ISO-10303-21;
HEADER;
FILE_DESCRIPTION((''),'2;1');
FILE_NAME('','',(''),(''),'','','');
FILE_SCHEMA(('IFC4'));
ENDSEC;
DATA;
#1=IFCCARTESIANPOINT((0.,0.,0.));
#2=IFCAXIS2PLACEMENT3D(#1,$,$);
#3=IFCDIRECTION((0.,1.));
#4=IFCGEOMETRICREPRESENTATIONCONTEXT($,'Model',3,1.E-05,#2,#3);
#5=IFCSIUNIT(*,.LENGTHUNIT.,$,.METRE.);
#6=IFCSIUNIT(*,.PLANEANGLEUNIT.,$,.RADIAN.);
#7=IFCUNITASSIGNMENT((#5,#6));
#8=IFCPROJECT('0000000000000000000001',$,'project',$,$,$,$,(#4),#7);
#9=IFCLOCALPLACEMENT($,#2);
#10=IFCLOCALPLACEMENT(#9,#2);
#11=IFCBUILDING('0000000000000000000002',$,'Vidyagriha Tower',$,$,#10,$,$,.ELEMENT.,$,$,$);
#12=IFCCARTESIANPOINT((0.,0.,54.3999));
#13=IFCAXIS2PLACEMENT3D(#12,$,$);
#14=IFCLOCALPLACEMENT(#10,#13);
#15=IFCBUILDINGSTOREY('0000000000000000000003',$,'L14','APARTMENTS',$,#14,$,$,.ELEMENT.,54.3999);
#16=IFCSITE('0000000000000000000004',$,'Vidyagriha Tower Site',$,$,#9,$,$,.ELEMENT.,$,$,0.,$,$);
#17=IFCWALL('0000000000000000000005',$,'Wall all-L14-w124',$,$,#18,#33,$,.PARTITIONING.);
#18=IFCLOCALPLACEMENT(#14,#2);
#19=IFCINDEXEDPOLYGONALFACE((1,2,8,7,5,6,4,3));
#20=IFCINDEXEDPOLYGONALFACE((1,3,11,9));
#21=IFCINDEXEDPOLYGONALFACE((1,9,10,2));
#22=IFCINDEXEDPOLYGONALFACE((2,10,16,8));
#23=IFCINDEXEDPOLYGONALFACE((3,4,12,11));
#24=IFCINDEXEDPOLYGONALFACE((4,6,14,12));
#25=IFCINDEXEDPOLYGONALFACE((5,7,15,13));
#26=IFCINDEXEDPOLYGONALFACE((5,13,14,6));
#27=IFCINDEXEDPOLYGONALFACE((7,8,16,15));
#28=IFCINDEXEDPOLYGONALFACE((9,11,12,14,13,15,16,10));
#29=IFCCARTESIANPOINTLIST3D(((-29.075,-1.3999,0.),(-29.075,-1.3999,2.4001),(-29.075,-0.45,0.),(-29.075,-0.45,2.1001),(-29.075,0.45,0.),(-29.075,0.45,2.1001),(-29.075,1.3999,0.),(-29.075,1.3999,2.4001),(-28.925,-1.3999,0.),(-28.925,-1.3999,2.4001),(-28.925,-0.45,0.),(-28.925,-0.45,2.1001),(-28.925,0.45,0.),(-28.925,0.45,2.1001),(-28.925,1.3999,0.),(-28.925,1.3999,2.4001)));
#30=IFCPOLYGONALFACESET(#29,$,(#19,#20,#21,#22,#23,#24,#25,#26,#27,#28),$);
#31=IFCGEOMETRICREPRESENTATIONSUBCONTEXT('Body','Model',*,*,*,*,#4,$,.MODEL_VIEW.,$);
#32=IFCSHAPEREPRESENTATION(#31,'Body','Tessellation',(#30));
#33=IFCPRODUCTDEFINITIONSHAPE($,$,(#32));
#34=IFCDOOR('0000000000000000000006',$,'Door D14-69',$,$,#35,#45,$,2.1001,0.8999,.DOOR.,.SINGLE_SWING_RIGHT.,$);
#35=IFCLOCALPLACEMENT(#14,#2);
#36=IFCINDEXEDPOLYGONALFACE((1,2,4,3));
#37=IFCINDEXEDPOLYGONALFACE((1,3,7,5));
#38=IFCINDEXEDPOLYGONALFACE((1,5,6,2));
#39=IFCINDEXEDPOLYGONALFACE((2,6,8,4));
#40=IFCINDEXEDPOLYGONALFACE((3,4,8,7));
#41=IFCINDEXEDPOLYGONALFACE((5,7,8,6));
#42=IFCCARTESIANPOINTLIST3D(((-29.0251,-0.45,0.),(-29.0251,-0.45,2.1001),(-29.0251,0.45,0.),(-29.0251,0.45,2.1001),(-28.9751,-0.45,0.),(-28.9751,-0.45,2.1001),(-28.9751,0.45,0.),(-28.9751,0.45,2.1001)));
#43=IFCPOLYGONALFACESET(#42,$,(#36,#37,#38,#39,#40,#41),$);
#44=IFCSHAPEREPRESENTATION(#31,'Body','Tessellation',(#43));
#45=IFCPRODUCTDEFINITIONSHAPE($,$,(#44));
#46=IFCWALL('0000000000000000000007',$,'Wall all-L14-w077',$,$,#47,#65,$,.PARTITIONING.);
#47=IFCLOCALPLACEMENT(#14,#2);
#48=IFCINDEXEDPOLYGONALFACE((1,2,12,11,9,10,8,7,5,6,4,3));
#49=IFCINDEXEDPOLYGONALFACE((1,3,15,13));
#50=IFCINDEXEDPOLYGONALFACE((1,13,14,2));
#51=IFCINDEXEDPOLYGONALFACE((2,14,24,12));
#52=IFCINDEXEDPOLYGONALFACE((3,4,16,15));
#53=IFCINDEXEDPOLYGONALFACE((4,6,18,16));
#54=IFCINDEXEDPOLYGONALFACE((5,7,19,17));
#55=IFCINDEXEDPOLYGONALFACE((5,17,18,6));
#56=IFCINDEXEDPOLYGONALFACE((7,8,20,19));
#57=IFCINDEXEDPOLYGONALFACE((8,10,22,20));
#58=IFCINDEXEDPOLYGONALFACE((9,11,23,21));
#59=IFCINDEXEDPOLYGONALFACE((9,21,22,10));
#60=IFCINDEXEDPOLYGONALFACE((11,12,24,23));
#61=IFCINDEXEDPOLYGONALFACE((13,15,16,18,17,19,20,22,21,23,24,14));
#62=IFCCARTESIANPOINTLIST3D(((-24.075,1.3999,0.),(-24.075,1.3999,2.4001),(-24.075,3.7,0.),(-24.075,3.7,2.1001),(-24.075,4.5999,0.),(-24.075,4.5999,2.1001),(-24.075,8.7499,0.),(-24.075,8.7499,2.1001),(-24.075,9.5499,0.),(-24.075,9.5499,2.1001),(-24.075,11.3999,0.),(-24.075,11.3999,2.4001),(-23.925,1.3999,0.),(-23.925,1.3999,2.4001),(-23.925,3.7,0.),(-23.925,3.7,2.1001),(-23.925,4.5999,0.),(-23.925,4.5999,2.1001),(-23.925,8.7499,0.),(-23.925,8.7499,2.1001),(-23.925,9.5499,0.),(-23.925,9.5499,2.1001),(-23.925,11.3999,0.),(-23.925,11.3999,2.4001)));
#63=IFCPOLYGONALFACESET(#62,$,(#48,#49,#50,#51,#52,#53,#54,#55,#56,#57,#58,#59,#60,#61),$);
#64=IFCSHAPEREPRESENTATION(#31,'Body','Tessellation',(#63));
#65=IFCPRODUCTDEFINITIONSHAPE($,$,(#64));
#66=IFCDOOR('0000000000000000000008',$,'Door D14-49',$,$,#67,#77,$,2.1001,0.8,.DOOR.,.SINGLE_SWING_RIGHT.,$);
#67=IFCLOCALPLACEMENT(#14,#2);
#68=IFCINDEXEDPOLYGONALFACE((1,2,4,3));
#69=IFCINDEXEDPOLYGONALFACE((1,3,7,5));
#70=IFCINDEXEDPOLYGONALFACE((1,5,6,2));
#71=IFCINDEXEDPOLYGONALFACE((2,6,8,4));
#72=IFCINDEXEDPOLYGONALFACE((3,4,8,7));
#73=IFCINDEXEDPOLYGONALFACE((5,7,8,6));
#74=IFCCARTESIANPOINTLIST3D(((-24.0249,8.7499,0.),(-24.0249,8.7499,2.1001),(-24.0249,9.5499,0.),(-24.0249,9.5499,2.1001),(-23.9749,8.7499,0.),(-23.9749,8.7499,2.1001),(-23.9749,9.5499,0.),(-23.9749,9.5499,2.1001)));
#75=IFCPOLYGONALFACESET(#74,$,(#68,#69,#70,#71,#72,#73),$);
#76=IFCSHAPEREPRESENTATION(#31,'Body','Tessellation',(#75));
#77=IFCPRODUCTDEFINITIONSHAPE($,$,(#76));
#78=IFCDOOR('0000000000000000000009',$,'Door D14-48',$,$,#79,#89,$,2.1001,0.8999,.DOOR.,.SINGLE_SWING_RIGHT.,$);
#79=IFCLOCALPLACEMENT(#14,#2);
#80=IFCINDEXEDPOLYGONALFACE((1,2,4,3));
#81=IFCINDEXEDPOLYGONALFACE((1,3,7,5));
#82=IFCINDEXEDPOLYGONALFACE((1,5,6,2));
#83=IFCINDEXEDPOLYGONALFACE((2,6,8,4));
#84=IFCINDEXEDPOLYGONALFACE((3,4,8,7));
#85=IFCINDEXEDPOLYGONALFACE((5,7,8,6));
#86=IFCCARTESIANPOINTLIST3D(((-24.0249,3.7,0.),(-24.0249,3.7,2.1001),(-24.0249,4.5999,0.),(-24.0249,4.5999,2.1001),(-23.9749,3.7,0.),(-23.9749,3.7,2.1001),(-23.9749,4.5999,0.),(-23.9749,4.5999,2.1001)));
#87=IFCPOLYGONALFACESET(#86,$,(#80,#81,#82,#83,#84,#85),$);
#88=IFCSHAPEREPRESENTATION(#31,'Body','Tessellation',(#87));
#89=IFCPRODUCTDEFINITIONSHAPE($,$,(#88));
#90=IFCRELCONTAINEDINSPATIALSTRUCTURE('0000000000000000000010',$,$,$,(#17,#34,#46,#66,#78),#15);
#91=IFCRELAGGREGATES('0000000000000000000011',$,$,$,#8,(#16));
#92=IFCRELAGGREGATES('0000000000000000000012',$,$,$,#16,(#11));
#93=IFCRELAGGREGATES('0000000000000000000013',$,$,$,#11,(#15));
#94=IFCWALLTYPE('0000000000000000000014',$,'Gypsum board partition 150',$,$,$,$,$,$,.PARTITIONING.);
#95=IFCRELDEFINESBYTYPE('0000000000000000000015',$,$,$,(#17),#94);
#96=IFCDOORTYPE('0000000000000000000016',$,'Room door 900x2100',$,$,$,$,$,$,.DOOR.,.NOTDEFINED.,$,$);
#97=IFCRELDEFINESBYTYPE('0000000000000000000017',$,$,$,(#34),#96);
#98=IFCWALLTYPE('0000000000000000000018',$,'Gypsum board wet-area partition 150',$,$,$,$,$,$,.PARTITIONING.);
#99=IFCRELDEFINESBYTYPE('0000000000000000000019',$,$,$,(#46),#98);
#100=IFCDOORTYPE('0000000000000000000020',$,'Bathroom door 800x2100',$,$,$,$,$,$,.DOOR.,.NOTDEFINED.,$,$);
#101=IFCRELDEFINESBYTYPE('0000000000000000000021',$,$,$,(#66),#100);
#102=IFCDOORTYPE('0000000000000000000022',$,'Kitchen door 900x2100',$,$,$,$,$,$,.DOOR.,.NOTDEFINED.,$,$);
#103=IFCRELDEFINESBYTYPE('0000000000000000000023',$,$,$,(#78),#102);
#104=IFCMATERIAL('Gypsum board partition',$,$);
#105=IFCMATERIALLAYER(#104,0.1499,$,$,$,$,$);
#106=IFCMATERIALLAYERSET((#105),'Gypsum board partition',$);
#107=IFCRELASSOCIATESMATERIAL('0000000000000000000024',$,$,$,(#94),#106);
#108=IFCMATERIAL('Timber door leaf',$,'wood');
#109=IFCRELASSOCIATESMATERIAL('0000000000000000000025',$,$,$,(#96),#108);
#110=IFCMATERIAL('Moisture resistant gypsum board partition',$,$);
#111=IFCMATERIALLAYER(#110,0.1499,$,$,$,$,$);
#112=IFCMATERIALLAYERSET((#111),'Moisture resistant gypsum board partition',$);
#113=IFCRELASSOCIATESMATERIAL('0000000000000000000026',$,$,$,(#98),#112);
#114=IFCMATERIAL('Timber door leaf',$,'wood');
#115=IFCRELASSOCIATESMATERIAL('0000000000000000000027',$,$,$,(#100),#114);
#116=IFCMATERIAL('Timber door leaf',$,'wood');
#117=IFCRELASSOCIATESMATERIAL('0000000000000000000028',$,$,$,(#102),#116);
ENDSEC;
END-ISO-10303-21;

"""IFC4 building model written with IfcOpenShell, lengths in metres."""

from ifc_helpers import new_model, si_unit, direction, frame, frame_2d, origin, place, context, subcontext, project, spatial, rectangle, extrude, material, layer, layer_set, type_object, element, fill, save


model = new_model("IFC4")

# Units and contexts
model_context = context("Model", 3, precision=1e-05, world=origin(), true_north=direction((0.0, 1.0)))
body_context = subcontext(model_context, "Body", "Model", "MODEL_VIEW")
ifc_project = project(units=[si_unit("LENGTHUNIT", "METRE"), si_unit("PLANEANGLEUNIT", "RADIAN")], contexts=[model_context])

# Site, building, storey
site_placement = place(None, origin())
site = spatial("IfcSite", under=ifc_project, at=site_placement, Name="Vidyagriha Tower Site", CompositionType="ELEMENT", RefElevation=0.0)
building_placement = place(site_placement, origin())
building = spatial("IfcBuilding", under=site, at=building_placement, Name="Vidyagriha Tower", CompositionType="ELEMENT")
storey_placement = place(building_placement, frame((0.0, 0.0, 54.3999)))
storey = spatial("IfcBuildingStorey", under=building, at=storey_placement, Name="L14", Description="APARTMENTS", CompositionType="ELEMENT", Elevation=54.3999)

# Shared definitions
ifc_material_1 = material(Name="Gypsum board partition")
ifc_layer_1 = layer(ifc_material_1, 0.1499)
ifc_layer_set_1 = layer_set([ifc_layer_1], Name="Gypsum board partition")
wall_type_1 = type_object("IfcWallType", Name="Gypsum board partition 150", PredefinedType="PARTITIONING", material=ifc_layer_set_1)

# Wall, opening, door
wall_1_placement = place(storey_placement, frame((-29.0, 1.3999, 0.0), z_axis=(0.0, 0.0, 1.0), x_axis=(0.0, -1.0, 0.0)))
wall_1 = element("IfcWall", 1, at=wall_1_placement, inside=storey, type_object=wall_type_1, Name="Wall all-L14-w124", PredefinedType="PARTITIONING", context=body_context, shape_type="SweptSolid", body=[
    extrude(rectangle(XDim=2.7998, YDim=0.1499, at=frame_2d((1.3999, 0.0))), origin(), (0.0, 0.0, 1.0), 2.4001),
])
opening_1_placement = place(wall_1_placement, frame((0.95, 0.0, 0.0)))
opening_1 = element("IfcOpeningElement", 2, at=opening_1_placement, cuts=wall_1, PredefinedType="OPENING", context=body_context, shape_type="SweptSolid", body=[
    extrude(rectangle(XDim=0.8999, YDim=2.1001, at=frame_2d((0.45, 1.05))), frame((0.0, 0.085, 0.0), z_axis=(0.0, -1.0, 0.0), x_axis=(1.0, 0.0, 0.0)), (0.0, 0.0, 1.0), 0.1699),
])
ifc_material_2 = material(Name="Timber door leaf", Category="wood")
door_type_1 = type_object("IfcDoorType", Name="Room door 900x2100", OperationType="NOTDEFINED", PredefinedType="DOOR", material=ifc_material_2)
door_1_placement = place(opening_1_placement, origin())
door_1 = element("IfcDoor", 3, at=door_1_placement, inside=storey, type_object=door_type_1, Name="Door D14-69", OperationType="SINGLE_SWING_RIGHT", OverallHeight=2.1001, OverallWidth=0.8999, PredefinedType="DOOR", context=body_context, shape_type="SweptSolid", body=[
    extrude(rectangle(XDim=0.8999, YDim=2.1001, at=frame_2d((0.45, 1.05))), frame((0.0, 0.0249, 0.0), z_axis=(0.0, -1.0, 0.0), x_axis=(1.0, 0.0, 0.0)), (0.0, 0.0, 1.0), 0.05),
])
fill(opening_1, door_1)

# Wall, openings, doors
ifc_material_3 = material(Name="Moisture resistant gypsum board partition")
ifc_layer_2 = layer(ifc_material_3, 0.1499)
ifc_layer_set_2 = layer_set([ifc_layer_2], Name="Moisture resistant gypsum board partition")
wall_type_2 = type_object("IfcWallType", Name="Gypsum board wet-area partition 150", PredefinedType="PARTITIONING", material=ifc_layer_set_2)
wall_2_placement = place(storey_placement, frame((-24.0, 1.3999, 0.0), z_axis=(0.0, 0.0, 1.0), x_axis=(0.0, 1.0, 0.0)))
wall_2 = element("IfcWall", 4, at=wall_2_placement, inside=storey, type_object=wall_type_2, Name="Wall all-L14-w077", PredefinedType="PARTITIONING", context=body_context, shape_type="SweptSolid", body=[
    extrude(rectangle(XDim=10.0, YDim=0.1499, at=frame_2d((5.0, 0.0))), origin(), (0.0, 0.0, 1.0), 2.4001),
])
opening_2_placement = place(wall_2_placement, frame((2.3, 0.0, 0.0)))
opening_2 = element("IfcOpeningElement", 5, at=opening_2_placement, cuts=wall_2, PredefinedType="OPENING", context=body_context, shape_type="SweptSolid", body=[
    extrude(rectangle(XDim=0.8999, YDim=2.1001, at=frame_2d((0.45, 1.05))), frame((0.0, 0.085, 0.0), z_axis=(0.0, -1.0, 0.0), x_axis=(1.0, 0.0, 0.0)), (0.0, 0.0, 1.0), 0.1699),
])
opening_3_placement = place(wall_2_placement, frame((7.3501, 0.0, 0.0)))
opening_3 = element("IfcOpeningElement", 6, at=opening_3_placement, cuts=wall_2, PredefinedType="OPENING", context=body_context, shape_type="SweptSolid", body=[
    extrude(rectangle(XDim=0.8, YDim=2.1001, at=frame_2d((0.3999, 1.05))), frame((0.0, 0.085, 0.0), z_axis=(0.0, -1.0, 0.0), x_axis=(1.0, 0.0, 0.0)), (0.0, 0.0, 1.0), 0.1699),
])
ifc_material_4 = material(Name="Timber door leaf", Category="wood")
door_type_2 = type_object("IfcDoorType", Name="Bathroom door 800x2100", OperationType="NOTDEFINED", PredefinedType="DOOR", material=ifc_material_4)
door_2_placement = place(opening_3_placement, origin())
door_2 = element("IfcDoor", 7, at=door_2_placement, inside=storey, type_object=door_type_2, Name="Door D14-49", OperationType="SINGLE_SWING_RIGHT", OverallHeight=2.1001, OverallWidth=0.8, PredefinedType="DOOR", context=body_context, shape_type="SweptSolid", body=[
    extrude(rectangle(XDim=0.8, YDim=2.1001, at=frame_2d((0.3999, 1.05))), frame((0.0, 0.0249, 0.0), z_axis=(0.0, -1.0, 0.0), x_axis=(1.0, 0.0, 0.0)), (0.0, 0.0, 1.0), 0.05),
])
fill(opening_3, door_2)
ifc_material_5 = material(Name="Timber door leaf", Category="wood")
door_type_3 = type_object("IfcDoorType", Name="Kitchen door 900x2100", OperationType="NOTDEFINED", PredefinedType="DOOR", material=ifc_material_5)
door_3_placement = place(opening_2_placement, origin())
door_3 = element("IfcDoor", 8, at=door_3_placement, inside=storey, type_object=door_type_3, Name="Door D14-48", OperationType="SINGLE_SWING_RIGHT", OverallHeight=2.1001, OverallWidth=0.8999, PredefinedType="DOOR", context=body_context, shape_type="SweptSolid", body=[
    extrude(rectangle(XDim=0.8999, YDim=2.1001, at=frame_2d((0.45, 1.05))), frame((0.0, 0.0249, 0.0), z_axis=(0.0, -1.0, 0.0), x_axis=(1.0, 0.0, 0.0)), (0.0, 0.0, 1.0), 0.05),
])
fill(opening_2, door_3)

save(model, "model.ifc")
